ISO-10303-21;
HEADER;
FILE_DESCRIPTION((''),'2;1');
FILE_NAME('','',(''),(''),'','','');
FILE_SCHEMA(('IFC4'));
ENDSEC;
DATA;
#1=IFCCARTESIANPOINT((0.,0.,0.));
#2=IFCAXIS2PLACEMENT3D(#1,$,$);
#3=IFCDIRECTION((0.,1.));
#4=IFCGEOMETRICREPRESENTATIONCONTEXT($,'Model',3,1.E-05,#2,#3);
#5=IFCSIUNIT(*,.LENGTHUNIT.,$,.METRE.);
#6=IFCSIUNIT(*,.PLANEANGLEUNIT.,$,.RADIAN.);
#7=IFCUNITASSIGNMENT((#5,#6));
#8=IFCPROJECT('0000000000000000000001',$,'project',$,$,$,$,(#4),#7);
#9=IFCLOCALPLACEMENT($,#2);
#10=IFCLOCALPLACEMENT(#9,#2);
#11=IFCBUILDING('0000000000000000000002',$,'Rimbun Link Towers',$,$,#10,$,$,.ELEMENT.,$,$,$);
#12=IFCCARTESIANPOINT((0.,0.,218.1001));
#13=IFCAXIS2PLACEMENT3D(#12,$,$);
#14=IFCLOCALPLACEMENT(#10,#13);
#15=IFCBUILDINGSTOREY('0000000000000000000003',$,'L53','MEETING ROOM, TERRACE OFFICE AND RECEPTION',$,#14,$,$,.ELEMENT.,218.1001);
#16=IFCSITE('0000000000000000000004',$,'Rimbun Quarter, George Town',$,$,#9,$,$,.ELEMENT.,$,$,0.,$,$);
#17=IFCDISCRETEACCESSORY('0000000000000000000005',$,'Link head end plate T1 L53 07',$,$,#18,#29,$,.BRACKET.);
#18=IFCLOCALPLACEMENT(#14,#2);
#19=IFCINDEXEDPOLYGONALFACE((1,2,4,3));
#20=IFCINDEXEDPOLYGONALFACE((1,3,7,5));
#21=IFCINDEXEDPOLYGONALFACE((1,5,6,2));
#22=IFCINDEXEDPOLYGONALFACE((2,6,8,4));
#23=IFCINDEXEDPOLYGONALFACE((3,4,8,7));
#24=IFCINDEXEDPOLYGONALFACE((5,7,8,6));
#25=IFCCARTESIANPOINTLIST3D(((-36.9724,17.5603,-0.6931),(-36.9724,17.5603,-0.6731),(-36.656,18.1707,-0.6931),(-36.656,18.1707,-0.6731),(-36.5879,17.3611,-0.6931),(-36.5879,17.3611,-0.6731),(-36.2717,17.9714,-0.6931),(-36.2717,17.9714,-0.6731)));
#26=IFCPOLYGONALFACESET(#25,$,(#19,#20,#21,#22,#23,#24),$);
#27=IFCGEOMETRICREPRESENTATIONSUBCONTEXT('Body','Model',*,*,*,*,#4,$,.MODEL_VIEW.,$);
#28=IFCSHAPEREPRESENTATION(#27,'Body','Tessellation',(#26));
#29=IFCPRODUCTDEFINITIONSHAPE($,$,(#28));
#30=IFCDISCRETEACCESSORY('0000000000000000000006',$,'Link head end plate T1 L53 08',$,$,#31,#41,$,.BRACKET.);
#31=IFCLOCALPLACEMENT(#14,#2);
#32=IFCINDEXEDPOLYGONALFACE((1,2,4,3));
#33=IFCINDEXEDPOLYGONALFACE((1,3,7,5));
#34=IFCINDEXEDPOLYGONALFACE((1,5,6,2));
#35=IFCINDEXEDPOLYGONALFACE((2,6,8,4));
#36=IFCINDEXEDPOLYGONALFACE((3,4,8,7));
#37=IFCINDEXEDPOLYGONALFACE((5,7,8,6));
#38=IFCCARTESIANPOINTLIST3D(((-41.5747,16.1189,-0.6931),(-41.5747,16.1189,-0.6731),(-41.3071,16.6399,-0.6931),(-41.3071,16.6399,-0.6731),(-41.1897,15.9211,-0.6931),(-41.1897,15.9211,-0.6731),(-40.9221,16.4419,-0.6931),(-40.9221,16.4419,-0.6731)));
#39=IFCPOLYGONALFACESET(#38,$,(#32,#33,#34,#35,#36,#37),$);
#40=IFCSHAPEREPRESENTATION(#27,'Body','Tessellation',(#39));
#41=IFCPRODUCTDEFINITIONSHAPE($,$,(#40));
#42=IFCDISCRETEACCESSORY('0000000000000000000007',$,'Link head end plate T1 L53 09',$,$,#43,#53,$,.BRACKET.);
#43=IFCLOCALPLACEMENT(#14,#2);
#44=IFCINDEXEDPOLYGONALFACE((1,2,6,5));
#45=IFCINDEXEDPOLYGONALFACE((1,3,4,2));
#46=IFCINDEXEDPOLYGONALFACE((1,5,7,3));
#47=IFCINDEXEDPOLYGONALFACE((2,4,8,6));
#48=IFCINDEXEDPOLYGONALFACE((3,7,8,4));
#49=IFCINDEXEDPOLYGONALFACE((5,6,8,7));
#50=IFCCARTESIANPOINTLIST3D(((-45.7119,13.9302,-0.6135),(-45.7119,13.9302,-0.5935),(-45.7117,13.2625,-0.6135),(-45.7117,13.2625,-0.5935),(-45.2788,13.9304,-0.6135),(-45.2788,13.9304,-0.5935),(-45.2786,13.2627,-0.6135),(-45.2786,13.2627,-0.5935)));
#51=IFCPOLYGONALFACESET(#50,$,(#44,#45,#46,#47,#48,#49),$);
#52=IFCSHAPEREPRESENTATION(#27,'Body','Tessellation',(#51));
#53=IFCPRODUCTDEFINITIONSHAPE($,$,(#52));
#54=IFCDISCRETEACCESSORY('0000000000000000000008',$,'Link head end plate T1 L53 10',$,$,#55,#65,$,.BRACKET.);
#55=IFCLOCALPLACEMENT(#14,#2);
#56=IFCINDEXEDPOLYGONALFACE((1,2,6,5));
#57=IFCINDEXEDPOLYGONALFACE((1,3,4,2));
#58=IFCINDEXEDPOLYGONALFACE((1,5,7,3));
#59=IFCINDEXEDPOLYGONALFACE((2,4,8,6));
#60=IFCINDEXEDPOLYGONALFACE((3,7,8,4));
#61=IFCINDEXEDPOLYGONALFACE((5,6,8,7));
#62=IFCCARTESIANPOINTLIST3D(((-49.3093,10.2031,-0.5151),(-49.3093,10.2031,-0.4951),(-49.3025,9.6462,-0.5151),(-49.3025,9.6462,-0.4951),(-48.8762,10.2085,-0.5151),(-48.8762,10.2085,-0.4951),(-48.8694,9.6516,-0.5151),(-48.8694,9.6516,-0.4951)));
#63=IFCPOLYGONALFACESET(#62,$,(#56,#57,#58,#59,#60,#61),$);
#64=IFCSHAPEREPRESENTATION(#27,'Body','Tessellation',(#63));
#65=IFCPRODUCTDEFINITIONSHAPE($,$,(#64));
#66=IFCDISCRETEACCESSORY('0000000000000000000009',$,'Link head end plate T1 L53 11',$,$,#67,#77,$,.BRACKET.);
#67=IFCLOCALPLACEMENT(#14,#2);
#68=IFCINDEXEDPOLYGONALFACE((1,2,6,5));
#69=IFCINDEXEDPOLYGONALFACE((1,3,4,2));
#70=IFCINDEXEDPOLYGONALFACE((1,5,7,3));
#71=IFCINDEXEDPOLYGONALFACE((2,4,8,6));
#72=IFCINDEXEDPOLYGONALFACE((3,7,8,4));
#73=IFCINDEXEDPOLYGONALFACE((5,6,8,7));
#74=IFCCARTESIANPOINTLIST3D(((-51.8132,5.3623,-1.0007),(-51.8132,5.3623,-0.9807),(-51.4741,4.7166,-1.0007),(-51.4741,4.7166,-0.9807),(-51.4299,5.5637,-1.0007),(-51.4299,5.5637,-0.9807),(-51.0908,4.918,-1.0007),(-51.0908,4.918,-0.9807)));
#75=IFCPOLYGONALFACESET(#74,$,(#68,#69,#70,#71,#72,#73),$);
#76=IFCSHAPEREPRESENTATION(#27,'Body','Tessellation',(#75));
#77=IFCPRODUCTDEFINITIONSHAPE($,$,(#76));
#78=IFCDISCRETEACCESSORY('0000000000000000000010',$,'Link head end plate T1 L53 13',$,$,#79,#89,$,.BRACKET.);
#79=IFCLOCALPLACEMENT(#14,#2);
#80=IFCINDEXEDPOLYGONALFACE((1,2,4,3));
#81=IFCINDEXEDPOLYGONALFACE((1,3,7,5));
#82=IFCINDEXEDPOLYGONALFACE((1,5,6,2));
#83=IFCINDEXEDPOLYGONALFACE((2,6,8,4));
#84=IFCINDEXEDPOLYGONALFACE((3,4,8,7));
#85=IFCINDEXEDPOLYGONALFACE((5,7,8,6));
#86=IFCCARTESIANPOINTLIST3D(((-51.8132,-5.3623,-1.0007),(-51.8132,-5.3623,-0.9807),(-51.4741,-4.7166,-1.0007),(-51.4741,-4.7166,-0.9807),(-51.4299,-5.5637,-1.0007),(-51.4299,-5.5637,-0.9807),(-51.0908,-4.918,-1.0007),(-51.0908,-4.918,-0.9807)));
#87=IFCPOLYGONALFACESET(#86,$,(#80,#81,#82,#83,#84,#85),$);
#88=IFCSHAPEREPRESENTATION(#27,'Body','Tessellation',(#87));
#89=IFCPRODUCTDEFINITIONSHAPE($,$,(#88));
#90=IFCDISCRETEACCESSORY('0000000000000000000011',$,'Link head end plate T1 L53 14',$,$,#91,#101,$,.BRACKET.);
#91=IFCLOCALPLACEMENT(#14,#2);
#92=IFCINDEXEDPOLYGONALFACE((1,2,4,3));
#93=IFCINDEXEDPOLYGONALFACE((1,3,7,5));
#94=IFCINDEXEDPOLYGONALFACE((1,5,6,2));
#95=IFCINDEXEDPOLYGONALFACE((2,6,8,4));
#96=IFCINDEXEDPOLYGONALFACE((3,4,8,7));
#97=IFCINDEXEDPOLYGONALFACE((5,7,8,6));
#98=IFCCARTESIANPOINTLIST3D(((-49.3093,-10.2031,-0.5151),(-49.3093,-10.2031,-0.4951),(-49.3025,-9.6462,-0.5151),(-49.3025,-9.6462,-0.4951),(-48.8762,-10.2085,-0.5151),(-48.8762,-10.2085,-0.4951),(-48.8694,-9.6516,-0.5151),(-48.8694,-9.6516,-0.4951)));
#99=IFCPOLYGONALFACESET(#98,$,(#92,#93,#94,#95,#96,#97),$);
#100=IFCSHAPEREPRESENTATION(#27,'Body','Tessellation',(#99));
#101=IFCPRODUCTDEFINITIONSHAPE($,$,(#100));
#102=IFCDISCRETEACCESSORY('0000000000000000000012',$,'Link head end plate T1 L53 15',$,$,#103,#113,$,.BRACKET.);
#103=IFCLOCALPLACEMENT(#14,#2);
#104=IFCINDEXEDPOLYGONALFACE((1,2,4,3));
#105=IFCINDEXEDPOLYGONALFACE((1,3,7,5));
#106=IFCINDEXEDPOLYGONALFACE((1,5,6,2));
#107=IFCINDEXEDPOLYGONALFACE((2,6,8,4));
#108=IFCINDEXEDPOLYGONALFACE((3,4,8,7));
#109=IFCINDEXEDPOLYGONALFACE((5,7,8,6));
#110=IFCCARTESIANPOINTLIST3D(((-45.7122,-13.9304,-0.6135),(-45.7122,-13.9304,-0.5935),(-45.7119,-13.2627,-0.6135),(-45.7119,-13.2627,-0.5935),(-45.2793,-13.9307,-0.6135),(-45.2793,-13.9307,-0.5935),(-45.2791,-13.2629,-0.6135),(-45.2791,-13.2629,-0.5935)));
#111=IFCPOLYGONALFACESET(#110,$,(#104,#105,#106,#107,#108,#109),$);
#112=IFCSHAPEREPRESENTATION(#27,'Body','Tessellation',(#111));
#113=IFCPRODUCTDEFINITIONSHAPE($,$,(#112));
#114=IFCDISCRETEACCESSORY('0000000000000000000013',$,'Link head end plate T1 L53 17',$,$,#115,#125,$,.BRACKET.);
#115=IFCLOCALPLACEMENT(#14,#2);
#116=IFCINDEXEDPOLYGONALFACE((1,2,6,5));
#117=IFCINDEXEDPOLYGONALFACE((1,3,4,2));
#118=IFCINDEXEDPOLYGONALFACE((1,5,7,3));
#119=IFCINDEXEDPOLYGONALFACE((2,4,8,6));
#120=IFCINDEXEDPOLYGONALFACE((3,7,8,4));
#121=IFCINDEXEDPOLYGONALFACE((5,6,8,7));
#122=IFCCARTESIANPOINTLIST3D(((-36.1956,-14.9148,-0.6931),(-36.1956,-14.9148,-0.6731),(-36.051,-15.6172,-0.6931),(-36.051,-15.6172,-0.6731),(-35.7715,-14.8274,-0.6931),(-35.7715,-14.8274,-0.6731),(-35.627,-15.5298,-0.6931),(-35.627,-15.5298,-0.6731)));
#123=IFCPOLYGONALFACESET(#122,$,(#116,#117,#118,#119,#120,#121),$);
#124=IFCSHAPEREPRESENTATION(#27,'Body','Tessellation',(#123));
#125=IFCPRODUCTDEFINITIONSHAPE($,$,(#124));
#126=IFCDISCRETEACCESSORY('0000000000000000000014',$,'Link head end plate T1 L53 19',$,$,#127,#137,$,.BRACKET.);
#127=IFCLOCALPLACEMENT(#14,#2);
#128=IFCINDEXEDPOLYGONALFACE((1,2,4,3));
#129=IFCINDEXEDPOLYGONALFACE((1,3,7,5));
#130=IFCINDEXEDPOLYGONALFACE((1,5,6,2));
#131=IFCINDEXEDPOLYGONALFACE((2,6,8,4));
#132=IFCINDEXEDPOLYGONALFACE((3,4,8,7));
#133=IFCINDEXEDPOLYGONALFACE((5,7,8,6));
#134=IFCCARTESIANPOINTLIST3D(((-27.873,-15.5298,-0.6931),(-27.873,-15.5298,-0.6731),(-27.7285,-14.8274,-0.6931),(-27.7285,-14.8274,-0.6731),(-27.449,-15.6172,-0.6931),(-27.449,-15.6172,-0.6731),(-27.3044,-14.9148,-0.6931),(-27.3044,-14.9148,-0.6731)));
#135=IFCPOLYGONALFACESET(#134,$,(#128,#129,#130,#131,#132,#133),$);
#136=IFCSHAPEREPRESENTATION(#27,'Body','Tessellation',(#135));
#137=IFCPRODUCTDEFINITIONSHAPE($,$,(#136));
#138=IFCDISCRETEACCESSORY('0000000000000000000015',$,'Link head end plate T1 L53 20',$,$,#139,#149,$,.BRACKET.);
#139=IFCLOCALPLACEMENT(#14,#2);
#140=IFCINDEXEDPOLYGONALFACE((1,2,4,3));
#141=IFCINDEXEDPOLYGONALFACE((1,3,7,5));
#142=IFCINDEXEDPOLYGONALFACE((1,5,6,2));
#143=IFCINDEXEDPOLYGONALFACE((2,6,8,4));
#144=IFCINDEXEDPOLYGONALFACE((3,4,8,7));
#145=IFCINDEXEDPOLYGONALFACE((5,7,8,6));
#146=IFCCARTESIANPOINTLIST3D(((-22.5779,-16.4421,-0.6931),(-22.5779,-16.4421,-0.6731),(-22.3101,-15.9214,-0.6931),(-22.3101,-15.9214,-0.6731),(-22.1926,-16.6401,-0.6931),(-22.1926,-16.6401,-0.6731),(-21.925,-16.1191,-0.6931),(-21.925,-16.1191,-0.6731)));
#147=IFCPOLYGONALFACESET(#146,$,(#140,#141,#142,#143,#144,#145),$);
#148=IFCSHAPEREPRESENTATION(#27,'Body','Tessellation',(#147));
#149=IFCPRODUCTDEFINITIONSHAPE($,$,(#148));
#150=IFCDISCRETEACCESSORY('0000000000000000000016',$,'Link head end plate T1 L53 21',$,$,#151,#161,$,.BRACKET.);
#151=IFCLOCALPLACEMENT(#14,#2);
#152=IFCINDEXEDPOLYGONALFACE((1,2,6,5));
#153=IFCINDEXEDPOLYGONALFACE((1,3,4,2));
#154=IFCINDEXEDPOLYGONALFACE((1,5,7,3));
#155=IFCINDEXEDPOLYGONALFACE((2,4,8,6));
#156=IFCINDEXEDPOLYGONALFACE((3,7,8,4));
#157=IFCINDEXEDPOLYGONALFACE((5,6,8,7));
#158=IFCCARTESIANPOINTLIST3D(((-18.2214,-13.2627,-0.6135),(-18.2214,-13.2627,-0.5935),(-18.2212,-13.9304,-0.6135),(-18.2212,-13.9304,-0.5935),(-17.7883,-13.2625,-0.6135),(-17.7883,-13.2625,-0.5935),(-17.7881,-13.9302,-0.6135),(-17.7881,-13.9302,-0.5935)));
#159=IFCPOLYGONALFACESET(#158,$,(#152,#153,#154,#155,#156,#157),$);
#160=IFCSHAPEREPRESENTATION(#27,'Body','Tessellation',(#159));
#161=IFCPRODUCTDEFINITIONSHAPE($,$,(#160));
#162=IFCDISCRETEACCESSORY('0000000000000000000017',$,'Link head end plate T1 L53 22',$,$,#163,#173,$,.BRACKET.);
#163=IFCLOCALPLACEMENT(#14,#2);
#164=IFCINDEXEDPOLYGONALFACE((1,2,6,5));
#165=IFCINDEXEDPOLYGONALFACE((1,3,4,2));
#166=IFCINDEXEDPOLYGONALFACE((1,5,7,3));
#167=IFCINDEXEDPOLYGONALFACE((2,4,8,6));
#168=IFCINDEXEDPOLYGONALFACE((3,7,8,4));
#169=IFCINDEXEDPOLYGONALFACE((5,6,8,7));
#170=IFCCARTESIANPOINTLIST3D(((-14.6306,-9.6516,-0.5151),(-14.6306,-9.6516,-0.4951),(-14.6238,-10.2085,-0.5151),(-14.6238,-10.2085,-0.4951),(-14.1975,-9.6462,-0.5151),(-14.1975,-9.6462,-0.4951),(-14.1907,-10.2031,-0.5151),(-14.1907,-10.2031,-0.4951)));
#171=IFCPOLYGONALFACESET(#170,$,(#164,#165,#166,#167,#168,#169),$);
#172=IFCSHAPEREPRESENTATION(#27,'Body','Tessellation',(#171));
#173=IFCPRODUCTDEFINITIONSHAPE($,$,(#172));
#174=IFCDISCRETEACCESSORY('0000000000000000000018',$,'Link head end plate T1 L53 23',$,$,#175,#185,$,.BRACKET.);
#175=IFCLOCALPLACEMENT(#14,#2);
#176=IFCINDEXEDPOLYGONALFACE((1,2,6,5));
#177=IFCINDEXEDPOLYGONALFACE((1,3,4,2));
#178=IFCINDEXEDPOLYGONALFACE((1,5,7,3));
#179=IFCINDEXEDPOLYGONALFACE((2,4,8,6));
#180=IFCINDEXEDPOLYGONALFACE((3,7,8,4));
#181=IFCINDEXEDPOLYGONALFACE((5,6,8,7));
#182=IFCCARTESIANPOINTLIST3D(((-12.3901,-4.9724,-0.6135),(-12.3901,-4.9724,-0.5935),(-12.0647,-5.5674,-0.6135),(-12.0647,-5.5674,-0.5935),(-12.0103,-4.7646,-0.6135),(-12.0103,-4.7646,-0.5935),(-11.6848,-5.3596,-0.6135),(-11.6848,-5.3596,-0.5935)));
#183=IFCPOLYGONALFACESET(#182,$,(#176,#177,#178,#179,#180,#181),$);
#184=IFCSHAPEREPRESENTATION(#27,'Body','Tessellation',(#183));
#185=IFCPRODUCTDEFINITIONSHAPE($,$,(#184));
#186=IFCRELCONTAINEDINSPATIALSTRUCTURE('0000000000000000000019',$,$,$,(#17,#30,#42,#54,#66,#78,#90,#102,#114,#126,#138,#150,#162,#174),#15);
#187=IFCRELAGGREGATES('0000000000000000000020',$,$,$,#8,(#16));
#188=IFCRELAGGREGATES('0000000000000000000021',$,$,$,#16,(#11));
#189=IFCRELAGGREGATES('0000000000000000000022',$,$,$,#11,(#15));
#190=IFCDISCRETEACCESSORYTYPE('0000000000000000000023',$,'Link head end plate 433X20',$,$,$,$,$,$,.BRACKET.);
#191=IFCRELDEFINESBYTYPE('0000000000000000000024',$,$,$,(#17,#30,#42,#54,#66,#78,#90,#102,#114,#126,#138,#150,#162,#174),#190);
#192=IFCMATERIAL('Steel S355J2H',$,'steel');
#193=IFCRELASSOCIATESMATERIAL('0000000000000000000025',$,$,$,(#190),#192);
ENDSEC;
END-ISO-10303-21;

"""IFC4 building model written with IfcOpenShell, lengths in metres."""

from ifc_helpers import new_model, si_unit, direction, frame, origin, origin_2d, place, context, subcontext, project, spatial, polyline, rectangle, outline, extrude, material, material_profile, profile_set, type_object, element, save


model = new_model("IFC4")

# Units and contexts
model_context = context("Model", 3, precision=1e-05, world=origin(), true_north=direction((0.0, 1.0)))
body_context = subcontext(model_context, "Body", "Model", "MODEL_VIEW")
ifc_project = project(units=[si_unit("LENGTHUNIT", "METRE"), si_unit("PLANEANGLEUNIT", "RADIAN")], contexts=[model_context])

# Site, building, storey
site_placement = place(None, origin())
site = spatial("IfcSite", under=ifc_project, at=site_placement, Name="Rimbun Quarter, George Town", CompositionType="ELEMENT", RefElevation=0.0)
building_placement = place(site_placement, origin())
building = spatial("IfcBuilding", under=site, at=building_placement, Name="Rimbun Link Towers", CompositionType="ELEMENT")
storey_placement = place(building_placement, frame((0.0, 0.0, 218.1001)))
storey = spatial("IfcBuildingStorey", under=building, at=storey_placement, Name="L53", Description="MEETING ROOM, TERRACE OFFICE AND RECEPTION", CompositionType="ELEMENT", Elevation=218.1001)

# Discrete accessories
ifc_material_1 = material(Name="Steel S355J2H", Category="steel")
ifc_material_profile_1 = material_profile(ifc_material_1, rectangle(XDim=0.4331, YDim=0.4331, at=origin_2d()), Name="PL 433x433")
ifc_profile_set_1 = profile_set([ifc_material_profile_1], Name="Steel S355J2H")
discrete_accessory_type_1 = type_object("IfcDiscreteAccessoryType", Name="Link head end plate 433X20", PredefinedType="BRACKET", material=ifc_profile_set_1)
discrete_accessory_1_placement = place(storey_placement, frame((0.0, 0.0, -0.6931)))
element("IfcDiscreteAccessory", 1, at=discrete_accessory_1_placement, inside=storey, type_object=discrete_accessory_type_1, Name="Link head end plate T1 L53 07", PredefinedType="BRACKET", context=body_context, shape_type="SweptSolid", body=[
    extrude(outline(polyline([(-36.5879, 17.3611), (-36.2717, 17.9714), (-36.656, 18.1707), (-36.9724, 17.5603), (-36.5879, 17.3611)])), origin(), (0.0, 0.0, 1.0), 0.02),
])
discrete_accessory_2_placement = place(storey_placement, frame((0.0, 0.0, -0.6931)))
element("IfcDiscreteAccessory", 2, at=discrete_accessory_2_placement, inside=storey, type_object=discrete_accessory_type_1, Name="Link head end plate T1 L53 08", PredefinedType="BRACKET", context=body_context, shape_type="SweptSolid", body=[
    extrude(outline(polyline([(-41.1897, 15.9211), (-40.9221, 16.4419), (-41.3071, 16.6399), (-41.5747, 16.1189), (-41.1897, 15.9211)])), origin(), (0.0, 0.0, 1.0), 0.02),
])
discrete_accessory_3_placement = place(storey_placement, frame((0.0, 0.0, -0.6135)))
element("IfcDiscreteAccessory", 3, at=discrete_accessory_3_placement, inside=storey, type_object=discrete_accessory_type_1, Name="Link head end plate T1 L53 09", PredefinedType="BRACKET", context=body_context, shape_type="SweptSolid", body=[
    extrude(outline(polyline([(-45.2786, 13.2627), (-45.2788, 13.9304), (-45.7119, 13.9302), (-45.7117, 13.2625), (-45.2786, 13.2627)])), origin(), (0.0, 0.0, 1.0), 0.02),
])
discrete_accessory_4_placement = place(storey_placement, frame((0.0, 0.0, -0.5151)))
element("IfcDiscreteAccessory", 4, at=discrete_accessory_4_placement, inside=storey, type_object=discrete_accessory_type_1, Name="Link head end plate T1 L53 10", PredefinedType="BRACKET", context=body_context, shape_type="SweptSolid", body=[
    extrude(outline(polyline([(-48.8694, 9.6516), (-48.8762, 10.2085), (-49.3093, 10.2031), (-49.3025, 9.6462), (-48.8694, 9.6516)])), origin(), (0.0, 0.0, 1.0), 0.02),
])
discrete_accessory_5_placement = place(storey_placement, frame((0.0, 0.0, -1.0007)))
element("IfcDiscreteAccessory", 5, at=discrete_accessory_5_placement, inside=storey, type_object=discrete_accessory_type_1, Name="Link head end plate T1 L53 11", PredefinedType="BRACKET", context=body_context, shape_type="SweptSolid", body=[
    extrude(outline(polyline([(-51.0908, 4.918), (-51.4299, 5.5637), (-51.8132, 5.3623), (-51.4741, 4.7166), (-51.0908, 4.918)])), origin(), (0.0, 0.0, 1.0), 0.02),
])
discrete_accessory_6_placement = place(storey_placement, frame((0.0, 0.0, -1.0007)))
element("IfcDiscreteAccessory", 6, at=discrete_accessory_6_placement, inside=storey, type_object=discrete_accessory_type_1, Name="Link head end plate T1 L53 13", PredefinedType="BRACKET", context=body_context, shape_type="SweptSolid", body=[
    extrude(outline(polyline([(-51.4741, -4.7166), (-51.8132, -5.3623), (-51.4299, -5.5637), (-51.0908, -4.918), (-51.4741, -4.7166)])), origin(), (0.0, 0.0, 1.0), 0.02),
])
discrete_accessory_7_placement = place(storey_placement, frame((0.0, 0.0, -0.5151)))
element("IfcDiscreteAccessory", 7, at=discrete_accessory_7_placement, inside=storey, type_object=discrete_accessory_type_1, Name="Link head end plate T1 L53 14", PredefinedType="BRACKET", context=body_context, shape_type="SweptSolid", body=[
    extrude(outline(polyline([(-49.3025, -9.6462), (-49.3093, -10.2031), (-48.8762, -10.2085), (-48.8694, -9.6516), (-49.3025, -9.6462)])), origin(), (0.0, 0.0, 1.0), 0.02),
])
discrete_accessory_8_placement = place(storey_placement, frame((0.0, 0.0, -0.6135)))
element("IfcDiscreteAccessory", 8, at=discrete_accessory_8_placement, inside=storey, type_object=discrete_accessory_type_1, Name="Link head end plate T1 L53 15", PredefinedType="BRACKET", context=body_context, shape_type="SweptSolid", body=[
    extrude(outline(polyline([(-45.7119, -13.2627), (-45.7122, -13.9304), (-45.2793, -13.9307), (-45.2791, -13.2629), (-45.7119, -13.2627)])), origin(), (0.0, 0.0, 1.0), 0.02),
])
discrete_accessory_9_placement = place(storey_placement, frame((0.0, 0.0, -0.6931)))
element("IfcDiscreteAccessory", 9, at=discrete_accessory_9_placement, inside=storey, type_object=discrete_accessory_type_1, Name="Link head end plate T1 L53 17", PredefinedType="BRACKET", context=body_context, shape_type="SweptSolid", body=[
    extrude(outline(polyline([(-36.1956, -14.9148), (-36.051, -15.6172), (-35.627, -15.5298), (-35.7715, -14.8274), (-36.1956, -14.9148)])), origin(), (0.0, 0.0, 1.0), 0.02),
])
discrete_accessory_10_placement = place(storey_placement, frame((0.0, 0.0, -0.6931)))
element("IfcDiscreteAccessory", 10, at=discrete_accessory_10_placement, inside=storey, type_object=discrete_accessory_type_1, Name="Link head end plate T1 L53 19", PredefinedType="BRACKET", context=body_context, shape_type="SweptSolid", body=[
    extrude(outline(polyline([(-27.7285, -14.8274), (-27.873, -15.5298), (-27.449, -15.6172), (-27.3044, -14.9148), (-27.7285, -14.8274)])), origin(), (0.0, 0.0, 1.0), 0.02),
])
discrete_accessory_11_placement = place(storey_placement, frame((0.0, 0.0, -0.6931)))
element("IfcDiscreteAccessory", 11, at=discrete_accessory_11_placement, inside=storey, type_object=discrete_accessory_type_1, Name="Link head end plate T1 L53 20", PredefinedType="BRACKET", context=body_context, shape_type="SweptSolid", body=[
    extrude(outline(polyline([(-22.3101, -15.9214), (-22.5779, -16.4421), (-22.1926, -16.6401), (-21.925, -16.1191), (-22.3101, -15.9214)])), origin(), (0.0, 0.0, 1.0), 0.02),
])
discrete_accessory_12_placement = place(storey_placement, frame((0.0, 0.0, -0.6135)))
element("IfcDiscreteAccessory", 12, at=discrete_accessory_12_placement, inside=storey, type_object=discrete_accessory_type_1, Name="Link head end plate T1 L53 21", PredefinedType="BRACKET", context=body_context, shape_type="SweptSolid", body=[
    extrude(outline(polyline([(-18.2214, -13.2627), (-18.2212, -13.9304), (-17.7881, -13.9302), (-17.7883, -13.2625), (-18.2214, -13.2627)])), origin(), (0.0, 0.0, 1.0), 0.02),
])
discrete_accessory_13_placement = place(storey_placement, frame((0.0, 0.0, -0.5151)))
element("IfcDiscreteAccessory", 13, at=discrete_accessory_13_placement, inside=storey, type_object=discrete_accessory_type_1, Name="Link head end plate T1 L53 22", PredefinedType="BRACKET", context=body_context, shape_type="SweptSolid", body=[
    extrude(outline(polyline([(-14.6306, -9.6516), (-14.6238, -10.2085), (-14.1907, -10.2031), (-14.1975, -9.6462), (-14.6306, -9.6516)])), origin(), (0.0, 0.0, 1.0), 0.02),
])
discrete_accessory_14_placement = place(storey_placement, frame((0.0, 0.0, -0.6135)))
element("IfcDiscreteAccessory", 14, at=discrete_accessory_14_placement, inside=storey, type_object=discrete_accessory_type_1, Name="Link head end plate T1 L53 23", PredefinedType="BRACKET", context=body_context, shape_type="SweptSolid", body=[
    extrude(outline(polyline([(-12.3901, -4.9724), (-12.0647, -5.5674), (-11.6848, -5.3596), (-12.0103, -4.7646), (-12.3901, -4.9724)])), origin(), (0.0, 0.0, 1.0), 0.02),
])

save(model, "model.ifc")
